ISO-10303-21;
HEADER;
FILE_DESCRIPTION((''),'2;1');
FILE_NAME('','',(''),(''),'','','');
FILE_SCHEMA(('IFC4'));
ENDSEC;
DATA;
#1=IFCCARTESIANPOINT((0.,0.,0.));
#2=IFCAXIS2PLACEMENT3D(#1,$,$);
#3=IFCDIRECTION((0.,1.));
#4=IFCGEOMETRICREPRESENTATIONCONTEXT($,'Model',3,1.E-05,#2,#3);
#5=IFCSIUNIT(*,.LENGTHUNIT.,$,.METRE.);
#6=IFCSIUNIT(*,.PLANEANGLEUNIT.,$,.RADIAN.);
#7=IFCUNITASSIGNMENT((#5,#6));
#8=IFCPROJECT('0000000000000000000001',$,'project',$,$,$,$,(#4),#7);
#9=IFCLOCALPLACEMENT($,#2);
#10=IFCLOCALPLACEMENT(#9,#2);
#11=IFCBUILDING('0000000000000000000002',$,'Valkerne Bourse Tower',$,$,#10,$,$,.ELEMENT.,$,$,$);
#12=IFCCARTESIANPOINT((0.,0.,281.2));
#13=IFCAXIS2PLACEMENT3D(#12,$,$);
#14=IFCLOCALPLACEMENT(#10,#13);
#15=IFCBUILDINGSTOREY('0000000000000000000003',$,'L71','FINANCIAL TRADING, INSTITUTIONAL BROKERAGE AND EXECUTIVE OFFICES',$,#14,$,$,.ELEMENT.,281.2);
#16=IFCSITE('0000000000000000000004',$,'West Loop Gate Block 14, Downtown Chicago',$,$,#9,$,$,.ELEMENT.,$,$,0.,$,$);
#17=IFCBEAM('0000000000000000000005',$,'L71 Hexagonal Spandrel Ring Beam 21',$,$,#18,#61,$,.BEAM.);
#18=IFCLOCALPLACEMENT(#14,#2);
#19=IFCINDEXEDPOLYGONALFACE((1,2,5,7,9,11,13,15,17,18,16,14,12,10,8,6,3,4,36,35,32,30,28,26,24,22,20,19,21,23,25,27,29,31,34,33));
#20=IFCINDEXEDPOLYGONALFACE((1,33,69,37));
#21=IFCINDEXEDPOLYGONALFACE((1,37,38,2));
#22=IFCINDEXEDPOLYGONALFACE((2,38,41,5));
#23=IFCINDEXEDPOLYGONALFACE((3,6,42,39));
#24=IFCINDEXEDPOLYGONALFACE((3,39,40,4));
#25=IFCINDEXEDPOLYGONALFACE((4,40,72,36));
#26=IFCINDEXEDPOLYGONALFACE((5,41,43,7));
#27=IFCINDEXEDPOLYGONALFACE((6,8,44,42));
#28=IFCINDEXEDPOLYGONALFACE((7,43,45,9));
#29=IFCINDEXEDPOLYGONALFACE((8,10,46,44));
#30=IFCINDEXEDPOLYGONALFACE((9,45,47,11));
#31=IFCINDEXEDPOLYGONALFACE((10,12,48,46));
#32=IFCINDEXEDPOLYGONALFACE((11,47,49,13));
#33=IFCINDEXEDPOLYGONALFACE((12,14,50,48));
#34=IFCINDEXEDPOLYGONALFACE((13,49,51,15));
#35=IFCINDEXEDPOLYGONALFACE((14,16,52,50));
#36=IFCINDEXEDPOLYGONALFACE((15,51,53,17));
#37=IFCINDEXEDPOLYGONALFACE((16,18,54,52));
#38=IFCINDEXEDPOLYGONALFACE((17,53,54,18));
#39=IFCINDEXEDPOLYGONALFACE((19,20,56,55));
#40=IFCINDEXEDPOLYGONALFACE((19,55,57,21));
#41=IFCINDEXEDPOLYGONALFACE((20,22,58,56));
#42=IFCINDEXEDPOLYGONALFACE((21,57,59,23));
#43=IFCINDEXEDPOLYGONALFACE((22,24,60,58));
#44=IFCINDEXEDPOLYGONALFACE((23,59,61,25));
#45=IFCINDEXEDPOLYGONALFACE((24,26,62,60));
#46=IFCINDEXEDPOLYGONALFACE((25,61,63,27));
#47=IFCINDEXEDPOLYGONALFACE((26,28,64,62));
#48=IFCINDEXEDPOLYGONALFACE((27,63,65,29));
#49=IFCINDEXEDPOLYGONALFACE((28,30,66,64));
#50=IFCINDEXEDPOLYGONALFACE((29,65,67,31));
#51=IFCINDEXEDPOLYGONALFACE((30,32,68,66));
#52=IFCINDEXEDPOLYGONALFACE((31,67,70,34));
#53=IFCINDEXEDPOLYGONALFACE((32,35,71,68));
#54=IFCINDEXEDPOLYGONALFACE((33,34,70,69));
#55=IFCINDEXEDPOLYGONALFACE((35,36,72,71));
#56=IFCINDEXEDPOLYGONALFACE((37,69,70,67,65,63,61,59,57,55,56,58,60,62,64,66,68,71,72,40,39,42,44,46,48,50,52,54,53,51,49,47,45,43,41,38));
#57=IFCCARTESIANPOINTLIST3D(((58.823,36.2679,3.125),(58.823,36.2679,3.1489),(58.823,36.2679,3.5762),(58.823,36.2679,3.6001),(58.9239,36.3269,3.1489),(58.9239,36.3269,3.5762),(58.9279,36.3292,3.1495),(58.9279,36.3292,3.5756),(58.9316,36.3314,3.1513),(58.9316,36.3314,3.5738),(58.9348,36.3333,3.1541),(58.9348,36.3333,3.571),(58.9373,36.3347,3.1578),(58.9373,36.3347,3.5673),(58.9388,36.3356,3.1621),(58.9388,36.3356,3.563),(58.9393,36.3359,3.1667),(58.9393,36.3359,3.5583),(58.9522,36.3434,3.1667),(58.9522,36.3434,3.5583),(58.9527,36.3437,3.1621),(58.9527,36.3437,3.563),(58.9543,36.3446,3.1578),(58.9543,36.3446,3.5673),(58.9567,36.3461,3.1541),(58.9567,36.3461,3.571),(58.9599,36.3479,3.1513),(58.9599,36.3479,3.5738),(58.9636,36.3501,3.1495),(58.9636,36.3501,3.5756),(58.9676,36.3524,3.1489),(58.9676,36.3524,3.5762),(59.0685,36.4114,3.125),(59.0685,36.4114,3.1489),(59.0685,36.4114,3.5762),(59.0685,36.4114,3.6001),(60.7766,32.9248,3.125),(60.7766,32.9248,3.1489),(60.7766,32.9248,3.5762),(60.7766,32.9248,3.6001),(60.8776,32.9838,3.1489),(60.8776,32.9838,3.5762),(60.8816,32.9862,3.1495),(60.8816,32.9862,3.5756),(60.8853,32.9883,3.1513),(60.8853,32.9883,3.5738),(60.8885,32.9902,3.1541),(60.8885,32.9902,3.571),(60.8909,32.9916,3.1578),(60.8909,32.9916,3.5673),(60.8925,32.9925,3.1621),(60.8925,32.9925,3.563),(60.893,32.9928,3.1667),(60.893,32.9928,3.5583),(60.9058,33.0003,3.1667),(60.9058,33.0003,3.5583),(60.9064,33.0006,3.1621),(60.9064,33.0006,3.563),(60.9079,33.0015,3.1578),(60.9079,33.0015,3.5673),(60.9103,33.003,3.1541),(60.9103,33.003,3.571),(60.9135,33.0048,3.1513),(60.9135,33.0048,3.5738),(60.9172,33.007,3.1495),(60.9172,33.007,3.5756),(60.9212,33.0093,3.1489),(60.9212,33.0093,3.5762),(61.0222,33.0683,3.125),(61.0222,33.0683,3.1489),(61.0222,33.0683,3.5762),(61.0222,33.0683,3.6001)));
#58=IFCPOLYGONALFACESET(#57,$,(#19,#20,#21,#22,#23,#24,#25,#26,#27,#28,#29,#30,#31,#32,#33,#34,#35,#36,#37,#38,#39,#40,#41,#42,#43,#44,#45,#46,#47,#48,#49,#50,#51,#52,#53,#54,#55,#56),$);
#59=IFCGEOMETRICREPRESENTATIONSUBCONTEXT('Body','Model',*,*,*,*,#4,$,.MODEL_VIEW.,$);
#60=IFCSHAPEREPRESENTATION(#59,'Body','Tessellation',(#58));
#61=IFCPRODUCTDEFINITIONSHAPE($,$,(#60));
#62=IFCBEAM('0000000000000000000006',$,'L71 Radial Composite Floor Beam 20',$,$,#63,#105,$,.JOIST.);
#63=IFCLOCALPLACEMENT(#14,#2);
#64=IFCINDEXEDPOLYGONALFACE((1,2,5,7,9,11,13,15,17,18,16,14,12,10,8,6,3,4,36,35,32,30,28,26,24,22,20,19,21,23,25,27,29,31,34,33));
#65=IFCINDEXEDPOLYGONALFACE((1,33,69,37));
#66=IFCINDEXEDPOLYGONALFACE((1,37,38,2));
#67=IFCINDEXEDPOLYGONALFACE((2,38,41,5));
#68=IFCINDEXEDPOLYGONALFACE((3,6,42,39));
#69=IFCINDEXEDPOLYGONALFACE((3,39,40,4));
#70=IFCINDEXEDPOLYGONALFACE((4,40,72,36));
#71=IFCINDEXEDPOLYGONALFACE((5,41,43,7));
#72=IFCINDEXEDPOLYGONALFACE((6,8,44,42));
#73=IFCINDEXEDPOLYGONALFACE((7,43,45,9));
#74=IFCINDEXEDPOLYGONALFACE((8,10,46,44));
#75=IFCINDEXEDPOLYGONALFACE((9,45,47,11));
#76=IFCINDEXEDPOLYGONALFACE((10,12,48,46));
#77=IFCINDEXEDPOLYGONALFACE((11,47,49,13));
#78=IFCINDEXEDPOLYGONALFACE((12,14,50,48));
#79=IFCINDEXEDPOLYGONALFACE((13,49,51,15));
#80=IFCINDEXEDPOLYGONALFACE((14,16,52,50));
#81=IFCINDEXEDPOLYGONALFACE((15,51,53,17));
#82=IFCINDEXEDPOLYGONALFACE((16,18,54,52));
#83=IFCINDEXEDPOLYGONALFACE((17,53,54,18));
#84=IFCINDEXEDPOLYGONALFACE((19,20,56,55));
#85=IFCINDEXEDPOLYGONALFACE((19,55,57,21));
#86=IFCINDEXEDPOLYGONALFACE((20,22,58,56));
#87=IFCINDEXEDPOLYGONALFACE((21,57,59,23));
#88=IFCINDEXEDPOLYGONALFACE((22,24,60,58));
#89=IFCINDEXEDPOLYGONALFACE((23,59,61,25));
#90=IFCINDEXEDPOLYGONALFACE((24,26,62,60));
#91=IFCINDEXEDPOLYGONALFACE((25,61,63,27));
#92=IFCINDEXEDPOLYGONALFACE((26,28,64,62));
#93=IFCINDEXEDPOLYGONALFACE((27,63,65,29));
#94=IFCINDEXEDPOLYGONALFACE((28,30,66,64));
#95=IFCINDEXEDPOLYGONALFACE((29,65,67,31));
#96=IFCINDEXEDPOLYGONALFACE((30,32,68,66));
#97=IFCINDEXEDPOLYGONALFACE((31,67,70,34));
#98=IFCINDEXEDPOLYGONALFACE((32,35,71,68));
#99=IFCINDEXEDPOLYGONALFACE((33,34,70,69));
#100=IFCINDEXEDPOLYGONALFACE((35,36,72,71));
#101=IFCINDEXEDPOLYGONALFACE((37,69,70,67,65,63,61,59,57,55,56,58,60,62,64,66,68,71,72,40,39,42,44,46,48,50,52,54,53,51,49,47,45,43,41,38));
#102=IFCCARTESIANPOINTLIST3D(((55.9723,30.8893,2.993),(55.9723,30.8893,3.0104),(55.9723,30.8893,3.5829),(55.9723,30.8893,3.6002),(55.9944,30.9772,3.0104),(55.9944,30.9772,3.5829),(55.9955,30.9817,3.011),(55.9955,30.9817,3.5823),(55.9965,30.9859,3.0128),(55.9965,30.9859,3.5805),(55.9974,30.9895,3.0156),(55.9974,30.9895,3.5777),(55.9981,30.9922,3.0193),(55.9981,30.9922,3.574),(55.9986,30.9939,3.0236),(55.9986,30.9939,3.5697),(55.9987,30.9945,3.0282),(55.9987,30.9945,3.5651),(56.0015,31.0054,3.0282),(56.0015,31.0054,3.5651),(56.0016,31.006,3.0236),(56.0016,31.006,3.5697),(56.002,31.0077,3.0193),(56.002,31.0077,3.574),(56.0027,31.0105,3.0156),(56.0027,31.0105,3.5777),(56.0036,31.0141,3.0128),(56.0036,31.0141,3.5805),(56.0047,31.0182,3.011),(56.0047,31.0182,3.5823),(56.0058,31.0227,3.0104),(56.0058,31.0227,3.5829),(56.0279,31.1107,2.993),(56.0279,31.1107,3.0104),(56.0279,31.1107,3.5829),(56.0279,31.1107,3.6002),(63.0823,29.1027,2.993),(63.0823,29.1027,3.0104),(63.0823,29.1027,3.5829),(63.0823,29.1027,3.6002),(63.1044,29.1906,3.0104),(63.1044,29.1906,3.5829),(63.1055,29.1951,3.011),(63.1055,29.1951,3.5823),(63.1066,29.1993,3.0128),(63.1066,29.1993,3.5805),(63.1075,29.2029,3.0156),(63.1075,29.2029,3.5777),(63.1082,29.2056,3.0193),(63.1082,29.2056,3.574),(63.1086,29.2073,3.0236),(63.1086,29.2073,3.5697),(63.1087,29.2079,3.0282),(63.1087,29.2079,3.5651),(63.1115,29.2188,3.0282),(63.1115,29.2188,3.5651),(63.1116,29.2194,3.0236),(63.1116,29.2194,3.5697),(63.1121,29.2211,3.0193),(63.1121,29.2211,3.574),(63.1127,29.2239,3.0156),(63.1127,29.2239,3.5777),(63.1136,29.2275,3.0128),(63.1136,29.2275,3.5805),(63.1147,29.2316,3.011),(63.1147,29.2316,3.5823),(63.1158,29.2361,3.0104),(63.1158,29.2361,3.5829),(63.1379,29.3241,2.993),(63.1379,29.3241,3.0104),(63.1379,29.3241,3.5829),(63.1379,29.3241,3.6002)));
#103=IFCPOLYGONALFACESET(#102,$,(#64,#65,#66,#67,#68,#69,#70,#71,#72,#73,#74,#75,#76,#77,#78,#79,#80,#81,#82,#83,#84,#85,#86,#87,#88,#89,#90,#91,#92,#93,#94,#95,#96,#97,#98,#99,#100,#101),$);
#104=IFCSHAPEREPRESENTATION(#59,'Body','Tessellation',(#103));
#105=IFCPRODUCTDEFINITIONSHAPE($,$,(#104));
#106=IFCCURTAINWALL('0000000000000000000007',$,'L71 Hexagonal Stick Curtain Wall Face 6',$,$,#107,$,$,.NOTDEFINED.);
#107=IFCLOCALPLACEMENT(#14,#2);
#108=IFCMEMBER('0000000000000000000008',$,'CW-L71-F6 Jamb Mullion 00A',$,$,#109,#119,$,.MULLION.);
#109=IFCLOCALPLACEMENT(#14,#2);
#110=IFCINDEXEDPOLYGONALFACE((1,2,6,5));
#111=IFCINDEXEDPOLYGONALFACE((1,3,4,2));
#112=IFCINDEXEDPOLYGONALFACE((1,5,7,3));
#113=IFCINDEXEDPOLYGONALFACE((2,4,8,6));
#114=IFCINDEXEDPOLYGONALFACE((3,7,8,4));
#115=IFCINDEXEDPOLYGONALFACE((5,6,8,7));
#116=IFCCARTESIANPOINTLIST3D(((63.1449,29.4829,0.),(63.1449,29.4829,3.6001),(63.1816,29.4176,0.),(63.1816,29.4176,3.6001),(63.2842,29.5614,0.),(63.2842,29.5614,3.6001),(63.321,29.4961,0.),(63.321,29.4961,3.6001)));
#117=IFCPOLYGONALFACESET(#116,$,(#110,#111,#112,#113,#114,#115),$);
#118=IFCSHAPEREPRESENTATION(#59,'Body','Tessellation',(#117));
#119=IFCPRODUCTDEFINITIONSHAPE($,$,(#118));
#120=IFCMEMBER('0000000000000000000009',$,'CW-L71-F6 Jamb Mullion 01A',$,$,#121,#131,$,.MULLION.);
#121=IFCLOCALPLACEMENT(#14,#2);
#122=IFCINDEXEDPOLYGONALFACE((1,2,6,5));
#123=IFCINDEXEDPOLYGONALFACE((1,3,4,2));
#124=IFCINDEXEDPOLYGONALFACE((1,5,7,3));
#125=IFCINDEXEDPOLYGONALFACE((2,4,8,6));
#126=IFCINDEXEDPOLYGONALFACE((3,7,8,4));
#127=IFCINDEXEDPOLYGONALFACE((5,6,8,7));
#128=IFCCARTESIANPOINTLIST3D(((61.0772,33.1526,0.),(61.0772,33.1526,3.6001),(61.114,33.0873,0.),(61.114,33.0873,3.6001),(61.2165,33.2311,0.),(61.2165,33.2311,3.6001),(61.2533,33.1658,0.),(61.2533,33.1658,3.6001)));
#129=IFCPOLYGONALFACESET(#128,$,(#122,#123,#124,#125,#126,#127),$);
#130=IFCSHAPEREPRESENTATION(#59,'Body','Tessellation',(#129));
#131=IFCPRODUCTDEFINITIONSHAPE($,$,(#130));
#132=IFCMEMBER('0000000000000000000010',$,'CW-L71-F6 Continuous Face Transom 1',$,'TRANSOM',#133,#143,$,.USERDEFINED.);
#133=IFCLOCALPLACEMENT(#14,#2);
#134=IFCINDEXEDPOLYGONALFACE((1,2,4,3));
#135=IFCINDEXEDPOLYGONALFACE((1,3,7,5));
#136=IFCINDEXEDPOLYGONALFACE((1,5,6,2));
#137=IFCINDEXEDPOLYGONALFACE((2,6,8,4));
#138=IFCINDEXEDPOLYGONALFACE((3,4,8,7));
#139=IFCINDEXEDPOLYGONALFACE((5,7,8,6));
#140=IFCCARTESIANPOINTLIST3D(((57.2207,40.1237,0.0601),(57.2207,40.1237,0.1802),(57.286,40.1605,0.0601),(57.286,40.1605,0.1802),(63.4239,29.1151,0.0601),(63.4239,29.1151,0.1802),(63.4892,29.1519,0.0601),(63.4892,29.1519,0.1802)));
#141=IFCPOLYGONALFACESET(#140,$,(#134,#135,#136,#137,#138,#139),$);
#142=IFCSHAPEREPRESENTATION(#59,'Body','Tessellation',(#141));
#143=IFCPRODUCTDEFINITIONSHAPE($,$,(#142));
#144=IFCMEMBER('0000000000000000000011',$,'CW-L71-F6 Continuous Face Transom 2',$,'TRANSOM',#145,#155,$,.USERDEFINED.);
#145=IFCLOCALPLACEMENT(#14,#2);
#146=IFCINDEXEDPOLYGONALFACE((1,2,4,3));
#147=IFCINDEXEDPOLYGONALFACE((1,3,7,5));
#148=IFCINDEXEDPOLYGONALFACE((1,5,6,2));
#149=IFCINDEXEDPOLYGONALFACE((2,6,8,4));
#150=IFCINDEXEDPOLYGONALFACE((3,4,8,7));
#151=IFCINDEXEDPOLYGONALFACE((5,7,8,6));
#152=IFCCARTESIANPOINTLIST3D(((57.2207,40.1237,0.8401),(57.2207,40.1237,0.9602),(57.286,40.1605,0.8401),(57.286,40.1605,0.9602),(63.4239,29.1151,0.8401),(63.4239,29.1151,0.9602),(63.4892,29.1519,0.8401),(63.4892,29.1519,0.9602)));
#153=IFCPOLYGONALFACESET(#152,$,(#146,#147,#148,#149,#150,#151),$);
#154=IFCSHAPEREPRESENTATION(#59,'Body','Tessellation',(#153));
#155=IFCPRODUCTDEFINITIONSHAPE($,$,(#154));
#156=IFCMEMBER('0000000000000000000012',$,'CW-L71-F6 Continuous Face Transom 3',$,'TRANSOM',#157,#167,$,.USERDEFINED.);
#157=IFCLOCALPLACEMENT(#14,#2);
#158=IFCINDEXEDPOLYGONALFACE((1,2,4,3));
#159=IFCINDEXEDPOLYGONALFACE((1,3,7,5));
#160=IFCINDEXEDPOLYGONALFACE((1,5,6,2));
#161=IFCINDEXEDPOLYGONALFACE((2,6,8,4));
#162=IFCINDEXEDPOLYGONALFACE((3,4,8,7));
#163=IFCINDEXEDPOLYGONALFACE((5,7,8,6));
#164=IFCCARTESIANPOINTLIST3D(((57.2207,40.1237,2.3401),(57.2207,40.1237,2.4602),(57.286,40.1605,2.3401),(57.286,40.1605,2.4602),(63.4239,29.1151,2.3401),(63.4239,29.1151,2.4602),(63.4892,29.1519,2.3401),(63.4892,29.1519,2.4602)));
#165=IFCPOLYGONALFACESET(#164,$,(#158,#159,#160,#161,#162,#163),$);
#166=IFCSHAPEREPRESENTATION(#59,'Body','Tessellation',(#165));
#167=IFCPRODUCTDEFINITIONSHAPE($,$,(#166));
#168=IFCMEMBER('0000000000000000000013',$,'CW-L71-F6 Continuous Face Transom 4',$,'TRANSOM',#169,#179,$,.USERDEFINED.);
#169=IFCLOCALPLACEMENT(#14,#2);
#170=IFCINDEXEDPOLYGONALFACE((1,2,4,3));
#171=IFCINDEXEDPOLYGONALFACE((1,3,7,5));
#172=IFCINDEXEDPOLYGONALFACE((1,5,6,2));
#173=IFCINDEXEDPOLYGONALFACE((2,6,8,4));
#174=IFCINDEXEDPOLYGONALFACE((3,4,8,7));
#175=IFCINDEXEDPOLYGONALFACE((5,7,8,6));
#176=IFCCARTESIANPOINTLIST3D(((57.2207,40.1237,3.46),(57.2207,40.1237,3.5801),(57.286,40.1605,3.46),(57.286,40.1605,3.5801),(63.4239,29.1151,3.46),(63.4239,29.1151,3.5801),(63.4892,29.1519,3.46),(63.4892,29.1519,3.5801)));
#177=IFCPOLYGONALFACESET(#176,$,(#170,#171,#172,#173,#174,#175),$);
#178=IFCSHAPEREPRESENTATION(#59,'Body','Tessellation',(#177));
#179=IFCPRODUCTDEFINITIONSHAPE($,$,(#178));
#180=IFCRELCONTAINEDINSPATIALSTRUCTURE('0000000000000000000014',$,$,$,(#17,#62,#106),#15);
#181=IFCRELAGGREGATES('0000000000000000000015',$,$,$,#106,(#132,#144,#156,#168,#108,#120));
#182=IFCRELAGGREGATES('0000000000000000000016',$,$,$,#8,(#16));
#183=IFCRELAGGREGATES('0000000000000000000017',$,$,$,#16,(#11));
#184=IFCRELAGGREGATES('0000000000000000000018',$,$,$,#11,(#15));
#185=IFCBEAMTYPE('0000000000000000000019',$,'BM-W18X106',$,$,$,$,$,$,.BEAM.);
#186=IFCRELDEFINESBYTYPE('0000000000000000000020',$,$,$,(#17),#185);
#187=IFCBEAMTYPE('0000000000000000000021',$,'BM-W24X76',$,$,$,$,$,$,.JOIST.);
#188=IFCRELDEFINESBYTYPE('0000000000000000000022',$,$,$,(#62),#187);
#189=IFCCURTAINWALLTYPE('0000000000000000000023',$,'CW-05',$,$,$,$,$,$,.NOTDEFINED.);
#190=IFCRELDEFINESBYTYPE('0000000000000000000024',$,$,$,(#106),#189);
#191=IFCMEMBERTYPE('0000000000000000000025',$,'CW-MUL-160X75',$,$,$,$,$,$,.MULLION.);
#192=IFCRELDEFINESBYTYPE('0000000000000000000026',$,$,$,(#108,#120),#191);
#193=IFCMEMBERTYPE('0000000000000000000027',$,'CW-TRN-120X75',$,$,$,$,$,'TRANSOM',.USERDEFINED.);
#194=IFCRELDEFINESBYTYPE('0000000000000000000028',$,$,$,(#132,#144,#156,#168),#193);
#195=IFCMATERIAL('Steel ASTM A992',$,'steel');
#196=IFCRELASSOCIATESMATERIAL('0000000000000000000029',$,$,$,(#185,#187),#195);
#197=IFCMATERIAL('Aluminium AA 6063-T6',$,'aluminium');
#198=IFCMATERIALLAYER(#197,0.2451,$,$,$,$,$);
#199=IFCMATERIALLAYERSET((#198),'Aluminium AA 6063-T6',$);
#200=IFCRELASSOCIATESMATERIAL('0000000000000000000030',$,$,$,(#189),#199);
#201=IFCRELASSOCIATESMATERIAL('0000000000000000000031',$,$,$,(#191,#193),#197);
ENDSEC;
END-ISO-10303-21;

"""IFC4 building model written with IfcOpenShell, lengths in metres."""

from ifc_helpers import new_model, si_unit, direction, frame, origin, origin_2d, place, context, subcontext, project, spatial, rectangle, i_section, extrude, material, layer, layer_set, material_profile, profile_set, type_object, element, aggregate, save


model = new_model("IFC4")

# Units and contexts
model_context = context("Model", 3, precision=1e-05, world=origin(), true_north=direction((0.0, 1.0)))
body_context = subcontext(model_context, "Body", "Model", "MODEL_VIEW")
ifc_project = project(units=[si_unit("LENGTHUNIT", "METRE"), si_unit("PLANEANGLEUNIT", "RADIAN")], contexts=[model_context])

# Site, building, storey
site_placement = place(None, origin())
site = spatial("IfcSite", under=ifc_project, at=site_placement, Name="West Loop Gate Block 14, Downtown Chicago", CompositionType="ELEMENT", RefElevation=0.0)
building_placement = place(site_placement, origin())
building = spatial("IfcBuilding", under=site, at=building_placement, Name="Valkerne Bourse Tower", CompositionType="ELEMENT")
storey_placement = place(building_placement, frame((0.0, 0.0, 281.2)))
storey = spatial("IfcBuildingStorey", under=building, at=storey_placement, Name="L71", Description="FINANCIAL TRADING, INSTITUTIONAL BROKERAGE AND EXECUTIVE OFFICES", CompositionType="ELEMENT", Elevation=281.2)

# Beams
ifc_material_1 = material(Name="Steel ASTM A992", Category="steel")
ifc_material_profile_1 = material_profile(ifc_material_1, i_section(OverallWidth=0.2844, OverallDepth=0.4751, WebThickness=0.0149, FlangeThickness=0.0239, FilletRadius=0.0178, at=origin_2d()), Name="W18X106")
ifc_profile_set_1 = profile_set([ifc_material_profile_1], Name="Steel ASTM A992")
beam_type_1 = type_object("IfcBeamType", Name="BM-W18X106", PredefinedType="BEAM", material=ifc_profile_set_1)
for number, where, z_axis, x_axis, name in (
    (1, (60.8994, 32.9966, 3.3625), (-0.504549, 0.863383, 0.0), (-0.863383, -0.504549, 0.0), "L71 Hexagonal Spandrel Ring Beam 21"),
):
    element("IfcBeam", number, at=place(storey_placement, frame(where, z_axis=z_axis, x_axis=x_axis)), inside=storey, type_object=beam_type_1, Name=name, PredefinedType="BEAM", context=body_context, shape_type="SweptSolid", body=[
        extrude(i_section(OverallWidth=0.2844, OverallDepth=0.4751, WebThickness=0.0149, FlangeThickness=0.0239, FilletRadius=0.0178, at=origin_2d()), origin(), (0.0, 0.0, 1.0), 3.8721),
    ])
ifc_material_profile_2 = material_profile(ifc_material_1, i_section(OverallWidth=0.2283, OverallDepth=0.6072, WebThickness=0.0112, FlangeThickness=0.0173, FilletRadius=0.0178, at=origin_2d()), Name="W24X76")
ifc_profile_set_2 = profile_set([ifc_material_profile_2], Name="Steel ASTM A992")
beam_type_2 = type_object("IfcBeamType", Name="BM-W24X76", PredefinedType="JOIST", material=ifc_profile_set_2)
beam_placement = place(storey_placement, frame((63.1101, 29.2134, 3.2966), z_axis=(-0.96985, 0.243703, 0.0), x_axis=(-0.243703, -0.96985, 0.0)))
element("IfcBeam", 2, at=beam_placement, inside=storey, type_object=beam_type_2, Name="L71 Radial Composite Floor Beam 20", PredefinedType="JOIST", context=body_context, shape_type="SweptSolid", body=[
    extrude(i_section(OverallWidth=0.2283, OverallDepth=0.6072, WebThickness=0.0112, FlangeThickness=0.0173, FilletRadius=0.0178, at=origin_2d()), origin(), (0.0, 0.0, 1.0), 7.3311),
])

# Curtain wall, members
ifc_material_2 = material(Name="Aluminium AA 6063-T6", Category="aluminium")
ifc_layer_1 = layer(ifc_material_2, 0.2451)
ifc_layer_set_1 = layer_set([ifc_layer_1], Name="Aluminium AA 6063-T6")
curtain_wall_type = type_object("IfcCurtainWallType", Name="CW-05", PredefinedType="NOTDEFINED", material=ifc_layer_set_1)
curtain_wall_placement = place(storey_placement, origin())
curtain_wall = element("IfcCurtainWall", 3, at=curtain_wall_placement, inside=storey, type_object=curtain_wall_type, Name="L71 Hexagonal Stick Curtain Wall Face 6", PredefinedType="NOTDEFINED")
ifc_material_profile_3 = material_profile(ifc_material_2, rectangle(XDim=0.075, YDim=0.1599, at=origin_2d()), Name="CWM-75X160")
ifc_profile_set_3 = profile_set([ifc_material_profile_3], Name="Aluminium AA 6063-T6")
member_type_1 = type_object("IfcMemberType", Name="CW-MUL-160X75", PredefinedType="MULLION", material=ifc_profile_set_3)
member_1_placement = place(storey_placement, frame((63.2329, 29.4895, 0.0), z_axis=(0.0, 0.0, 1.0), x_axis=(-0.490912, 0.871209, 0.0)))
member_1 = element("IfcMember", 4, at=member_1_placement, type_object=member_type_1, Name="CW-L71-F6 Jamb Mullion 00A", PredefinedType="MULLION", context=body_context, shape_type="SweptSolid", body=[
    extrude(rectangle(XDim=0.075, YDim=0.1599, at=origin_2d()), origin(), (0.0, 0.0, 1.0), 3.6001),
])
member_2_placement = place(storey_placement, frame((61.1653, 33.1592, 0.0), z_axis=(0.0, 0.0, 1.0), x_axis=(-0.490901, 0.871215, 0.0)))
member_2 = element("IfcMember", 5, at=member_2_placement, type_object=member_type_1, Name="CW-L71-F6 Jamb Mullion 01A", PredefinedType="MULLION", context=body_context, shape_type="SweptSolid", body=[
    extrude(rectangle(XDim=0.075, YDim=0.1599, at=origin_2d()), origin(), (0.0, 0.0, 1.0), 3.6001),
])
ifc_material_profile_4 = material_profile(ifc_material_2, rectangle(XDim=0.075, YDim=0.1201, at=origin_2d()), Name="CWT-75X120")
ifc_profile_set_4 = profile_set([ifc_material_profile_4], Name="Aluminium AA 6063-T6")
member_type_2 = type_object("IfcMemberType", Name="CW-TRN-120X75", ElementType="TRANSOM", PredefinedType="USERDEFINED", material=ifc_profile_set_4)
member_3_placement = place(storey_placement, frame((63.4565, 29.1335, 0.1201), z_axis=(-0.490911, 0.871209, 0.0), x_axis=(-0.871209, -0.490911, 0.0)))
member_3 = element("IfcMember", 6, at=member_3_placement, type_object=member_type_2, Name="CW-L71-F6 Continuous Face Transom 1", ObjectType="TRANSOM", PredefinedType="USERDEFINED", context=body_context, shape_type="SweptSolid", body=[
    extrude(rectangle(XDim=0.075, YDim=0.1201, at=origin_2d()), origin(), (0.0, 0.0, 1.0), 12.636),
])
member_4_placement = place(storey_placement, frame((63.4565, 29.1335, 0.9001), z_axis=(-0.490911, 0.871209, 0.0), x_axis=(-0.871209, -0.490911, 0.0)))
member_4 = element("IfcMember", 7, at=member_4_placement, type_object=member_type_2, Name="CW-L71-F6 Continuous Face Transom 2", ObjectType="TRANSOM", PredefinedType="USERDEFINED", context=body_context, shape_type="SweptSolid", body=[
    extrude(rectangle(XDim=0.075, YDim=0.1201, at=origin_2d()), origin(), (0.0, 0.0, 1.0), 12.636),
])
member_5_placement = place(storey_placement, frame((63.4565, 29.1335, 2.4001), z_axis=(-0.490911, 0.871209, 0.0), x_axis=(-0.871209, -0.490911, 0.0)))
member_5 = element("IfcMember", 8, at=member_5_placement, type_object=member_type_2, Name="CW-L71-F6 Continuous Face Transom 3", ObjectType="TRANSOM", PredefinedType="USERDEFINED", context=body_context, shape_type="SweptSolid", body=[
    extrude(rectangle(XDim=0.075, YDim=0.1201, at=origin_2d()), origin(), (0.0, 0.0, 1.0), 12.636),
])
member_6_placement = place(storey_placement, frame((63.4565, 29.1335, 3.52), z_axis=(-0.490911, 0.871209, 0.0), x_axis=(-0.871209, -0.490911, 0.0)))
member_6 = element("IfcMember", 9, at=member_6_placement, type_object=member_type_2, Name="CW-L71-F6 Continuous Face Transom 4", ObjectType="TRANSOM", PredefinedType="USERDEFINED", context=body_context, shape_type="SweptSolid", body=[
    extrude(rectangle(XDim=0.075, YDim=0.1201, at=origin_2d()), origin(), (0.0, 0.0, 1.0), 12.636),
])

aggregate(curtain_wall, [member_3, member_4, member_5, member_6, member_1, member_2])

save(model, "model.ifc")
